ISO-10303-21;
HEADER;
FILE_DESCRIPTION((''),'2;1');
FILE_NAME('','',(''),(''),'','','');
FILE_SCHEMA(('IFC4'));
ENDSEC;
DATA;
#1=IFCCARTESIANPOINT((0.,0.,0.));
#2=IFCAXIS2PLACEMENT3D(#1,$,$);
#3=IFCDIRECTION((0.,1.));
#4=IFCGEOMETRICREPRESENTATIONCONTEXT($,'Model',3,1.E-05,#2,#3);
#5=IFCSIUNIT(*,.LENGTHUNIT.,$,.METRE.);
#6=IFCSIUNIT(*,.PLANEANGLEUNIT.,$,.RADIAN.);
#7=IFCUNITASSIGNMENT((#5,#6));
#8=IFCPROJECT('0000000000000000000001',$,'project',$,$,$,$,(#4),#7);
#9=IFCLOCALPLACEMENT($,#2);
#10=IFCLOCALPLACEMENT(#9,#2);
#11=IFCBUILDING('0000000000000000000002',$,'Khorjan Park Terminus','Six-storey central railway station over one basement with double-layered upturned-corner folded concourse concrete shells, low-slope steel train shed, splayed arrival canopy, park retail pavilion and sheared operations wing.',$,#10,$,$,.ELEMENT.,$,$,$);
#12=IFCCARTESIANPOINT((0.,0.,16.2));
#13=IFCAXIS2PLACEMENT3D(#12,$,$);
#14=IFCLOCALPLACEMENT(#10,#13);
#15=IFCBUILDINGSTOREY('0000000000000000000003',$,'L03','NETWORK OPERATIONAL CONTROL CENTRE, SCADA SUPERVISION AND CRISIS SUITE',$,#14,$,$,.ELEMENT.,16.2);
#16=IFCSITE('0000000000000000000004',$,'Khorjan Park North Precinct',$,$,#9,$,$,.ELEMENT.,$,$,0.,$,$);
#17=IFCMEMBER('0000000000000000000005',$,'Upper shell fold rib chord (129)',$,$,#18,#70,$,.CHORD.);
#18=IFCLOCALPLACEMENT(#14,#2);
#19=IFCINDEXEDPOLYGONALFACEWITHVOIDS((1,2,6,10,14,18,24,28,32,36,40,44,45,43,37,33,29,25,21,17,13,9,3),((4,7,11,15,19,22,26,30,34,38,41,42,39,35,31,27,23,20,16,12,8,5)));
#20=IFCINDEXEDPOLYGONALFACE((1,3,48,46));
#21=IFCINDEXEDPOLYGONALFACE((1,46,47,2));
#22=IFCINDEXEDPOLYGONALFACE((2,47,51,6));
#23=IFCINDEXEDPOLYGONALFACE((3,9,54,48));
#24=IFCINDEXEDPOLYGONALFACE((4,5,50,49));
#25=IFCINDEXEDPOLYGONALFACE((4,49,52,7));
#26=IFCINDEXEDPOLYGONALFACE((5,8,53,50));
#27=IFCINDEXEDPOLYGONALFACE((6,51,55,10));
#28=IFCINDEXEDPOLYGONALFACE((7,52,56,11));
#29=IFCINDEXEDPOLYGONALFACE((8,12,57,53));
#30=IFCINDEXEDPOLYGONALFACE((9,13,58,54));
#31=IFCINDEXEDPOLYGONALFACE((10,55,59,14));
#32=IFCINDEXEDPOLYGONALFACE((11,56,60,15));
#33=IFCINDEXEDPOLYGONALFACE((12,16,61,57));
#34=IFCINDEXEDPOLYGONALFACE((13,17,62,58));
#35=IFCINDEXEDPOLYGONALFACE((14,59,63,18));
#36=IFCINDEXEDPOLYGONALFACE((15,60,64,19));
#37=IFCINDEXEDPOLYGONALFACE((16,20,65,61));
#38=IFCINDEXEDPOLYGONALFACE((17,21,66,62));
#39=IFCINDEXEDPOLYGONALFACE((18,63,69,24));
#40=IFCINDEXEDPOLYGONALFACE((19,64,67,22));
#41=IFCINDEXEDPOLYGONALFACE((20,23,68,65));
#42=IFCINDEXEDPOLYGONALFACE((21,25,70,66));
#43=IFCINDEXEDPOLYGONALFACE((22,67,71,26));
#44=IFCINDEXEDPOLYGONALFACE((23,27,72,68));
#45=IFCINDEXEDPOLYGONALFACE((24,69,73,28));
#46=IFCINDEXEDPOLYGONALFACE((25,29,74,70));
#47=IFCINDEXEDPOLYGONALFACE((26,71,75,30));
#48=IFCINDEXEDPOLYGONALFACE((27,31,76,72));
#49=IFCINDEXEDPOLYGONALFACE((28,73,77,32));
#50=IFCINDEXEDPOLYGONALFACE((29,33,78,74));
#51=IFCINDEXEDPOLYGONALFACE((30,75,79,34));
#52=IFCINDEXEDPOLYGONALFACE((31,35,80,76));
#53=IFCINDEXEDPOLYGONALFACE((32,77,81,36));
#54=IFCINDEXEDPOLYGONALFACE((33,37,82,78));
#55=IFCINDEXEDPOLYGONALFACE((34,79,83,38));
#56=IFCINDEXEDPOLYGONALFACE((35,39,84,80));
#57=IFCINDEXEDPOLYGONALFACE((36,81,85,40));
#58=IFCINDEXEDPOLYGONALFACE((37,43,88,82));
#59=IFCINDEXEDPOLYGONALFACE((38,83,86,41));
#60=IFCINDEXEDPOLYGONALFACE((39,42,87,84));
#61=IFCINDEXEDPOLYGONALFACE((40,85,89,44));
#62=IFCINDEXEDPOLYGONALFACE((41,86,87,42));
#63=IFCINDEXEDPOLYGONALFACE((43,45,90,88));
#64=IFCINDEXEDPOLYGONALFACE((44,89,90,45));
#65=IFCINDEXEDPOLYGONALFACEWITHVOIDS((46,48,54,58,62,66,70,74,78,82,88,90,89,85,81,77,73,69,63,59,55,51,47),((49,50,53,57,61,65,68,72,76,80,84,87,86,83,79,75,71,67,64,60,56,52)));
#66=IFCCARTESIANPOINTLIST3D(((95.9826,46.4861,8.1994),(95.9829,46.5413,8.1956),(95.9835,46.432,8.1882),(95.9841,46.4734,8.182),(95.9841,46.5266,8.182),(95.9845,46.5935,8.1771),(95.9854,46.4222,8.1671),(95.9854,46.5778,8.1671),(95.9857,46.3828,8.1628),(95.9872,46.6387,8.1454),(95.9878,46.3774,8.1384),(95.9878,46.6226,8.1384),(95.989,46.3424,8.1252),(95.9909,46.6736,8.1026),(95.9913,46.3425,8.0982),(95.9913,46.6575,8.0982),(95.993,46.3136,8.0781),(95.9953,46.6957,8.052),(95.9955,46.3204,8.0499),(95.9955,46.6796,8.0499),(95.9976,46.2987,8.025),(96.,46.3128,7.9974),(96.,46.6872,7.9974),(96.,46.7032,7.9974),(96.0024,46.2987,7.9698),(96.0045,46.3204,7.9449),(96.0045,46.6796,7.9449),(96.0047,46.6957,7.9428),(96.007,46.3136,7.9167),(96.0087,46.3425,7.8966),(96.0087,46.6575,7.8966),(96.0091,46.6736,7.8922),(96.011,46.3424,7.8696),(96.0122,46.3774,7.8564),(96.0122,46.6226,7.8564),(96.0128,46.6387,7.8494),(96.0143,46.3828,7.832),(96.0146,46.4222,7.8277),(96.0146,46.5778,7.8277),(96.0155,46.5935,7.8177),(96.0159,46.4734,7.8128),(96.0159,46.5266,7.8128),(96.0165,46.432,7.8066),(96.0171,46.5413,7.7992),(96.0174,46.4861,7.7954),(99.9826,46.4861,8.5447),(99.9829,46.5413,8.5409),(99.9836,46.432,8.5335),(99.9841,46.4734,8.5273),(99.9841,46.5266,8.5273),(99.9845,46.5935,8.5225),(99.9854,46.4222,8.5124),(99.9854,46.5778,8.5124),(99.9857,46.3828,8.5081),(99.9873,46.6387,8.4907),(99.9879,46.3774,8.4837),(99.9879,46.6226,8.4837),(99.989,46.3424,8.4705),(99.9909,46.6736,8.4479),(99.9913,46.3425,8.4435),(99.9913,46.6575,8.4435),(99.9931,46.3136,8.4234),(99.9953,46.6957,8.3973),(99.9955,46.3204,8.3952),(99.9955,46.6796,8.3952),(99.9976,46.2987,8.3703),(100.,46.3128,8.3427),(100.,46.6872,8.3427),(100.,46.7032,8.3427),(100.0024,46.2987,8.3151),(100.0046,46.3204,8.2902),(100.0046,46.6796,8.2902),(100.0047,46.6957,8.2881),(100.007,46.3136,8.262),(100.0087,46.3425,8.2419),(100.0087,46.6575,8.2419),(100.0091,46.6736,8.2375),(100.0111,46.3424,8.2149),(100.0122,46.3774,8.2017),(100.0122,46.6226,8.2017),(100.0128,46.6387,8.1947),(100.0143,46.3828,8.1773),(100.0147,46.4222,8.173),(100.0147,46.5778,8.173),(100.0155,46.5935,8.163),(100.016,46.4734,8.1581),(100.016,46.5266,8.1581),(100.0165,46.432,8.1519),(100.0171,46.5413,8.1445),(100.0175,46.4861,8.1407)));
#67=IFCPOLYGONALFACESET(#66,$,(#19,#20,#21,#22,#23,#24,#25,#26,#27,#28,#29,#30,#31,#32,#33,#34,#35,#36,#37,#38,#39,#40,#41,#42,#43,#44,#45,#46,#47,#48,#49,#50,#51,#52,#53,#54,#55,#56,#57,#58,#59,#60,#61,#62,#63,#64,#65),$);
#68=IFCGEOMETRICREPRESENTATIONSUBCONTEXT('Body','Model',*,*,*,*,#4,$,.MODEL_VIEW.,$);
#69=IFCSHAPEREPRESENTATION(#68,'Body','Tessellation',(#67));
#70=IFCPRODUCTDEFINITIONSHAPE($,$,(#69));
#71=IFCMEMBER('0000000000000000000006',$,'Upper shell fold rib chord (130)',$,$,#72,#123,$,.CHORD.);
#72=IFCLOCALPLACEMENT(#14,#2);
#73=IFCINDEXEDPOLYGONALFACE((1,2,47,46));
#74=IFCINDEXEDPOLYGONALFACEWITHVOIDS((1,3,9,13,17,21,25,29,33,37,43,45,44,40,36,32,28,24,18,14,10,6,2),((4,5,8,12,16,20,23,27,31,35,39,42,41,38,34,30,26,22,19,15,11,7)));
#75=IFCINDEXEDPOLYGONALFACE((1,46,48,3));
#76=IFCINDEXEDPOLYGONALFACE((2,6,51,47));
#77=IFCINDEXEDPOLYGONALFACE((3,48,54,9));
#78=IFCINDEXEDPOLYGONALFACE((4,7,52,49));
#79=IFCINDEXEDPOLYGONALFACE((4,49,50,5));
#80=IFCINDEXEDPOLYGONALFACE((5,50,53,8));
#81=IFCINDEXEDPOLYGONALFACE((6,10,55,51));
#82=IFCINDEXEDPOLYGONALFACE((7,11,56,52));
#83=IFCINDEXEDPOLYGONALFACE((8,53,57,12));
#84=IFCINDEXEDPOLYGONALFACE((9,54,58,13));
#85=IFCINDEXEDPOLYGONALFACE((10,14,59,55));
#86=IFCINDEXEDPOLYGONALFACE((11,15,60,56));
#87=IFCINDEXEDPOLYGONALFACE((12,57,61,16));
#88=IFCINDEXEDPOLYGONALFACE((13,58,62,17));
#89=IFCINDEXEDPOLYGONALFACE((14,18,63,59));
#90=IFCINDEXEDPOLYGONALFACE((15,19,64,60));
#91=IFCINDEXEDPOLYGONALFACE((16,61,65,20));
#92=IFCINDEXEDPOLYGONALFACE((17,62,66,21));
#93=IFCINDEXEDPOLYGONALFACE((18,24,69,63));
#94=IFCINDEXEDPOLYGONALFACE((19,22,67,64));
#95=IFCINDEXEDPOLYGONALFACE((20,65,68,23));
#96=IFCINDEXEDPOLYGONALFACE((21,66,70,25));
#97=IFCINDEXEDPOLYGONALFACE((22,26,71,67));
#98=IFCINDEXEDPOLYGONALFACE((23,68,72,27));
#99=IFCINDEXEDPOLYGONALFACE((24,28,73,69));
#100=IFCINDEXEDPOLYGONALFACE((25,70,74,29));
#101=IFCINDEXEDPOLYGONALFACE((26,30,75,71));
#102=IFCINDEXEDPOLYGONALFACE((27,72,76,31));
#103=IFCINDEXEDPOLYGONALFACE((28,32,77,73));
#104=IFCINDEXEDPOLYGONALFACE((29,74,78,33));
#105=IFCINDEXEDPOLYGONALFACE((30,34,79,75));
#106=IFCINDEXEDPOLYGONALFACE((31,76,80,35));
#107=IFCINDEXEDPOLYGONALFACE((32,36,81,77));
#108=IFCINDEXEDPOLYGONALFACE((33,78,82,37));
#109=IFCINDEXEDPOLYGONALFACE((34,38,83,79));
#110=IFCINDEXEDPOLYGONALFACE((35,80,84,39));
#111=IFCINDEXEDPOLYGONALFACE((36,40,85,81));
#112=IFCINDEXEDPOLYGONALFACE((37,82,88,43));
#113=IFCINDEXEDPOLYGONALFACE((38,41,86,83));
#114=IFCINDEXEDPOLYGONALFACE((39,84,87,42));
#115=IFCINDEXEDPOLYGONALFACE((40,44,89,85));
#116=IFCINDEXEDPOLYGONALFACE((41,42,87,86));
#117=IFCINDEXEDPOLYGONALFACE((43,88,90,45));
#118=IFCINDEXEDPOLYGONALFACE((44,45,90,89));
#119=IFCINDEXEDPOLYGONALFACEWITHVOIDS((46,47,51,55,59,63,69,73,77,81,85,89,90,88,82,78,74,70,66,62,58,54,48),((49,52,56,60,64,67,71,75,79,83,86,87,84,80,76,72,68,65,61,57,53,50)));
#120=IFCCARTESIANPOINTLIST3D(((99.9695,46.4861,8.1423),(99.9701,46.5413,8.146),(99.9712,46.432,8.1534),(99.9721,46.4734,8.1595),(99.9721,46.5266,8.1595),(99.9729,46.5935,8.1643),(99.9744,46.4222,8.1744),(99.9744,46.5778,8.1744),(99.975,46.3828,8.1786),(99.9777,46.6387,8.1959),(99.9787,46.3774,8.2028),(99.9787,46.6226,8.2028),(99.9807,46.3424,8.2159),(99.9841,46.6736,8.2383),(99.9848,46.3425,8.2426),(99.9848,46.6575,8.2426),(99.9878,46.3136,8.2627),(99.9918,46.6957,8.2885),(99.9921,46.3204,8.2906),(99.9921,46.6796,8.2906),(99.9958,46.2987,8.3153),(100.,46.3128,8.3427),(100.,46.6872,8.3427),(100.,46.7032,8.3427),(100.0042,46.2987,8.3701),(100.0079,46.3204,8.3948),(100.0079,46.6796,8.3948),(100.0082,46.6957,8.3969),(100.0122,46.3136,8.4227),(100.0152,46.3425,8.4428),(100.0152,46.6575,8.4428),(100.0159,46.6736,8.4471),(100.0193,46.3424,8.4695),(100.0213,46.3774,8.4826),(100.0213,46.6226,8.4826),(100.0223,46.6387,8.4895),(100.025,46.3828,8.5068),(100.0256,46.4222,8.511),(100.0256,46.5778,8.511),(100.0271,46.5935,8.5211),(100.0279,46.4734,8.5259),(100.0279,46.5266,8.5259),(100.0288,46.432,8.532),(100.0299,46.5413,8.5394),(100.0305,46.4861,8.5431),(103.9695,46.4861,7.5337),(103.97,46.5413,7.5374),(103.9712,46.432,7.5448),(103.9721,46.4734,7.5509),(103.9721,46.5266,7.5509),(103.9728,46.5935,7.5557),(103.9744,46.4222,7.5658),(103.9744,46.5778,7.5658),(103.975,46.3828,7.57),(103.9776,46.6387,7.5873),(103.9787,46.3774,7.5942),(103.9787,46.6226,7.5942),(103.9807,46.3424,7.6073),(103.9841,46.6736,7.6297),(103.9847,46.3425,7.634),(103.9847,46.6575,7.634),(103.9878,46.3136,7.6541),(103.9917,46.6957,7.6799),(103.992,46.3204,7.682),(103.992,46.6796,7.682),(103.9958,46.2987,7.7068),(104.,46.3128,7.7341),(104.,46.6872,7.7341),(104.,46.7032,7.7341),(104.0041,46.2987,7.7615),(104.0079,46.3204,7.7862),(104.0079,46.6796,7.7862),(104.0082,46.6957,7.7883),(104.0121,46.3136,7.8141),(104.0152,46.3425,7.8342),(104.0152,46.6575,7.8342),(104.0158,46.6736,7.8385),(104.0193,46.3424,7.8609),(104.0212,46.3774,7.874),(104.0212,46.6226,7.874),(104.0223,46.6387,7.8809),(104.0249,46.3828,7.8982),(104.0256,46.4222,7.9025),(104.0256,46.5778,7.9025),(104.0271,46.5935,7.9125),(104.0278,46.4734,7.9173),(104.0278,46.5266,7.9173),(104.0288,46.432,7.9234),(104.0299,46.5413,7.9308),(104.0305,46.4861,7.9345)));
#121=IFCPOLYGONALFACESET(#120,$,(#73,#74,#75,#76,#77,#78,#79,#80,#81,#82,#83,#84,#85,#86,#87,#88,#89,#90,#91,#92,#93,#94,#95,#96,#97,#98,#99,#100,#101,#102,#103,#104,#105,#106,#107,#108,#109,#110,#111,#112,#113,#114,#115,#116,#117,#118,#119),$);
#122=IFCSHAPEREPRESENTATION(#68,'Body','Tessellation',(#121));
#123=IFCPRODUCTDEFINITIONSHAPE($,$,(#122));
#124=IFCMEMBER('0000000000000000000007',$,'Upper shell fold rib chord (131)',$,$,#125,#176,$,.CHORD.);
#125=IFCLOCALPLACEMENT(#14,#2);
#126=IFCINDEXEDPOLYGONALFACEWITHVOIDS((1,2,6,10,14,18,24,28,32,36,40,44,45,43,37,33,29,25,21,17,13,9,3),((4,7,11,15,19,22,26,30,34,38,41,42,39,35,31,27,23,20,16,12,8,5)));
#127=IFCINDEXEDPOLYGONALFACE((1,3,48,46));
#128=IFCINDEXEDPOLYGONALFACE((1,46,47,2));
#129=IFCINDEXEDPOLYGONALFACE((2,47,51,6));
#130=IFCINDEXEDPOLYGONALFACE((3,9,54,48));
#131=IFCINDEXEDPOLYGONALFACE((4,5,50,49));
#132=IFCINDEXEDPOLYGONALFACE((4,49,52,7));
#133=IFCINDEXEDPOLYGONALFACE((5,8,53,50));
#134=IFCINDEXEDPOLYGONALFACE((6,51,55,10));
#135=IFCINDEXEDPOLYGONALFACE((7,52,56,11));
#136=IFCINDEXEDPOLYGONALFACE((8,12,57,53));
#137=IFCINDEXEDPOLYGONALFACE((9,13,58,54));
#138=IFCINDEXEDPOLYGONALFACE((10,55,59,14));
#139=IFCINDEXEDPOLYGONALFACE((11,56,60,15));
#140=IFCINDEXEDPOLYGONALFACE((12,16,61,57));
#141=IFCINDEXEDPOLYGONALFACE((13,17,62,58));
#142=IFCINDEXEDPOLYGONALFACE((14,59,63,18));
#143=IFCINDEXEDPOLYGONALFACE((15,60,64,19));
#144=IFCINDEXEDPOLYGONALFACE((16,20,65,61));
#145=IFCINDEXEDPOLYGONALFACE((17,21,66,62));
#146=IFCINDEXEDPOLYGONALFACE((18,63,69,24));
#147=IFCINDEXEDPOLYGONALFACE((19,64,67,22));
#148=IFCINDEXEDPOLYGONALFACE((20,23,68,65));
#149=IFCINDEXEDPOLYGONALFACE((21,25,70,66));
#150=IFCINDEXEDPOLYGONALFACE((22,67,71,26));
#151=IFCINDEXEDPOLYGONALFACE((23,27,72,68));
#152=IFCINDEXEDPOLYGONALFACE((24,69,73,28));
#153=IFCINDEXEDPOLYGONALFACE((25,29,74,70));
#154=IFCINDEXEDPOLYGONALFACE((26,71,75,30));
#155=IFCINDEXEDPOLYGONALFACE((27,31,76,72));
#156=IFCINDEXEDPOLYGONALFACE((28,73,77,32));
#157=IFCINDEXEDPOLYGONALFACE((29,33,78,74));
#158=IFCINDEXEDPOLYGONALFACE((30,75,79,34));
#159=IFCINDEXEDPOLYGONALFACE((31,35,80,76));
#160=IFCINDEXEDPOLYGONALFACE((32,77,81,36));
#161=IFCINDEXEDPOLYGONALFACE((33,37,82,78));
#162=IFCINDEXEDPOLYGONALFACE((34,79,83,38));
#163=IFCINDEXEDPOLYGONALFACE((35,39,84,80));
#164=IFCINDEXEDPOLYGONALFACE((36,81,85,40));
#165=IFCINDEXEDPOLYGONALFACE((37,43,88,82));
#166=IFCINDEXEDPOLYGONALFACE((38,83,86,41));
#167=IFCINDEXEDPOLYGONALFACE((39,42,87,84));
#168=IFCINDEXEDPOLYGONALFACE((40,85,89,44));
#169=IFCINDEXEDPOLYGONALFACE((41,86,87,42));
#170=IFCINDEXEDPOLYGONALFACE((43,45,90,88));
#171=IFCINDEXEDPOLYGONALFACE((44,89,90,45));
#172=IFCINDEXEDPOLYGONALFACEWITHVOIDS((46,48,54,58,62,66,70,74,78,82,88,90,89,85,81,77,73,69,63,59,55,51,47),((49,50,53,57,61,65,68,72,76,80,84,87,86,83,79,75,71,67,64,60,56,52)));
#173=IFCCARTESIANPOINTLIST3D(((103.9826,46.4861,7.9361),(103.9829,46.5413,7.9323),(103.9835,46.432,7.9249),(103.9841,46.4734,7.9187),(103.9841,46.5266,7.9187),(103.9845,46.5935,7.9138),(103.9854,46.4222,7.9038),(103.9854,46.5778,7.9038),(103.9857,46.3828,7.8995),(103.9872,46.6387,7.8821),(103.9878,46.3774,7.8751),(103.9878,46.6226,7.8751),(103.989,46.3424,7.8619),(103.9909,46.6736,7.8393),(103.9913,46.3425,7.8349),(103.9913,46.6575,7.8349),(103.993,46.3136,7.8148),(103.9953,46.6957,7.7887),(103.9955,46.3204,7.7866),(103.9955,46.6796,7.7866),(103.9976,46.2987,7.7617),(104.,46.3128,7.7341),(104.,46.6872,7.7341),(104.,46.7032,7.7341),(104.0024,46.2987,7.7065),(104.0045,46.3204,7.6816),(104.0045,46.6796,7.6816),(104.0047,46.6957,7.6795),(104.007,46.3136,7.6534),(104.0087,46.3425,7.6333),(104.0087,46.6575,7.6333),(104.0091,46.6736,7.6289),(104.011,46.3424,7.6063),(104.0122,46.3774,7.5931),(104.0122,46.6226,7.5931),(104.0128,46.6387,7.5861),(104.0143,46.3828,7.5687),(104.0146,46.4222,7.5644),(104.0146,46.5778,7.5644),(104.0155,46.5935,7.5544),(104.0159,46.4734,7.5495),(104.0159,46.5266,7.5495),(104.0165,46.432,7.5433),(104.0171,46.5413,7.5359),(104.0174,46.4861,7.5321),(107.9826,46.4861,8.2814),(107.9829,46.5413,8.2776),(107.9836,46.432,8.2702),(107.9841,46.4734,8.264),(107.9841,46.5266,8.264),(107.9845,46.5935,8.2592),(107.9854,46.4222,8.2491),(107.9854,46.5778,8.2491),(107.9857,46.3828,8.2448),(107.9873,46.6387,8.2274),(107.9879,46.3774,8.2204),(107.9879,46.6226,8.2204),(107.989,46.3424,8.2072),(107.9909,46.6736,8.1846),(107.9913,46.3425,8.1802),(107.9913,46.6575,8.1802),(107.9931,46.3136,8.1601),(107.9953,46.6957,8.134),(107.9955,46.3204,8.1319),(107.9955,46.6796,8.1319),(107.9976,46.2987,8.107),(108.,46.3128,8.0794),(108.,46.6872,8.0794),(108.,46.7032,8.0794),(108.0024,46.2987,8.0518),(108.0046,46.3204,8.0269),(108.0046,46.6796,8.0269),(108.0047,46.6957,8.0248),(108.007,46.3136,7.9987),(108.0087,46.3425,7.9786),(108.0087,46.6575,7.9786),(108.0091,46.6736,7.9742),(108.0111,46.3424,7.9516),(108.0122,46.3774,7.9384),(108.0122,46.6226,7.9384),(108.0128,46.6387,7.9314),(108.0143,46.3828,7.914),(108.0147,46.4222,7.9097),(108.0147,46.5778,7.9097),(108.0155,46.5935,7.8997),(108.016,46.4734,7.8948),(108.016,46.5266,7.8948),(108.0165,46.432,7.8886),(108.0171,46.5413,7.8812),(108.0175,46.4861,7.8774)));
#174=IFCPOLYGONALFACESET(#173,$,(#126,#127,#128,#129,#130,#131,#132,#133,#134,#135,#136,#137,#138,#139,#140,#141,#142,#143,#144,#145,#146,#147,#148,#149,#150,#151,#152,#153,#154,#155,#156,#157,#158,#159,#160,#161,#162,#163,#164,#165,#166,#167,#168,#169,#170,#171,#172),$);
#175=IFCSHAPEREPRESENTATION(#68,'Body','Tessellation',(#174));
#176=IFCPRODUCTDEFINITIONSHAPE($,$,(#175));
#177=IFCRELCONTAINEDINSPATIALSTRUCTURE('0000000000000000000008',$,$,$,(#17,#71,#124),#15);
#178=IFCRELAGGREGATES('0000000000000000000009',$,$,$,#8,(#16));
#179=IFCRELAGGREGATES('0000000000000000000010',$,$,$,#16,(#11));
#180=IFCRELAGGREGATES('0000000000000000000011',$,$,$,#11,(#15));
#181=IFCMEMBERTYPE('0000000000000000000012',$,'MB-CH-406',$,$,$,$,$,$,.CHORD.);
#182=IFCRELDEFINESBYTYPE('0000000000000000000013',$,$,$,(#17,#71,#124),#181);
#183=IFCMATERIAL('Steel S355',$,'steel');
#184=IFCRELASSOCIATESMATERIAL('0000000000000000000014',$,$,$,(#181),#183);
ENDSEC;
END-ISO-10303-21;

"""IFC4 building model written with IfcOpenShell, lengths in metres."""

from ifc_helpers import new_model, si_unit, direction, frame, origin, origin_2d, place, context, subcontext, project, spatial, hollow_circle, extrude, material, material_profile, profile_set, type_object, element, save


model = new_model("IFC4")

# Units and contexts
model_context = context("Model", 3, precision=1e-05, world=origin(), true_north=direction((0.0, 1.0)))
body_context = subcontext(model_context, "Body", "Model", "MODEL_VIEW")
ifc_project = project(units=[si_unit("LENGTHUNIT", "METRE"), si_unit("PLANEANGLEUNIT", "RADIAN")], contexts=[model_context])

# Site, building, storey
site_placement = place(None, origin())
site = spatial("IfcSite", under=ifc_project, at=site_placement, Name="Khorjan Park North Precinct", CompositionType="ELEMENT", RefElevation=0.0)
building_placement = place(site_placement, origin())
building = spatial("IfcBuilding", under=site, at=building_placement, Name="Khorjan Park Terminus", Description="Six-storey central railway station over one basement with double-layered upturned-corner folded concourse concrete shells, low-slope steel train shed, splayed arrival canopy, park retail pavilion and sheared operations wing.", CompositionType="ELEMENT")
storey_placement = place(building_placement, frame((0.0, 0.0, 16.2)))
storey = spatial("IfcBuildingStorey", under=building, at=storey_placement, Name="L03", Description="NETWORK OPERATIONAL CONTROL CENTRE, SCADA SUPERVISION AND CRISIS SUITE", CompositionType="ELEMENT", Elevation=16.2)

# Members
ifc_material = material(Name="Steel S355", Category="steel")
ifc_material_profile_1 = material_profile(ifc_material, hollow_circle(Radius=0.2032, WallThickness=0.016, at=origin_2d()), Name="CHS 406.4x16")
ifc_profile_set_1 = profile_set([ifc_material_profile_1], Name="Steel S355")
member_type_1 = type_object("IfcMemberType", Name="MB-CH-406", PredefinedType="CHORD", material=ifc_profile_set_1)
member_1_placement = place(storey_placement, frame((96.0, 46.5, 7.9974), z_axis=(0.996295, 0.0, 0.086005), x_axis=(0.0, 1.0, 0.0)))
element("IfcMember", 1, at=member_1_placement, inside=storey, type_object=member_type_1, Name="Upper shell fold rib chord (129)", PredefinedType="CHORD", context=body_context, shape_type="SweptSolid", body=[
    extrude(hollow_circle(Radius=0.2032, WallThickness=0.016, at=origin_2d()), origin(), (0.0, 0.0, 1.0), 4.0149),
])
member_2_placement = place(storey_placement, frame((100.0, 46.5, 8.3427), z_axis=(0.988622, 0.0, -0.150419), x_axis=(0.0, 1.0, 0.0)))
element("IfcMember", 2, at=member_2_placement, inside=storey, type_object=member_type_1, Name="Upper shell fold rib chord (130)", PredefinedType="CHORD", context=body_context, shape_type="SweptSolid", body=[
    extrude(hollow_circle(Radius=0.2032, WallThickness=0.016, at=origin_2d()), origin(), (0.0, 0.0, 1.0), 4.046),
])
member_3_placement = place(storey_placement, frame((104.0, 46.5, 7.7341), z_axis=(0.996295, 0.0, 0.086005), x_axis=(0.0, 1.0, 0.0)))
element("IfcMember", 3, at=member_3_placement, inside=storey, type_object=member_type_1, Name="Upper shell fold rib chord (131)", PredefinedType="CHORD", context=body_context, shape_type="SweptSolid", body=[
    extrude(hollow_circle(Radius=0.2032, WallThickness=0.016, at=origin_2d()), origin(), (0.0, 0.0, 1.0), 4.0149),
])

save(model, "model.ifc")
